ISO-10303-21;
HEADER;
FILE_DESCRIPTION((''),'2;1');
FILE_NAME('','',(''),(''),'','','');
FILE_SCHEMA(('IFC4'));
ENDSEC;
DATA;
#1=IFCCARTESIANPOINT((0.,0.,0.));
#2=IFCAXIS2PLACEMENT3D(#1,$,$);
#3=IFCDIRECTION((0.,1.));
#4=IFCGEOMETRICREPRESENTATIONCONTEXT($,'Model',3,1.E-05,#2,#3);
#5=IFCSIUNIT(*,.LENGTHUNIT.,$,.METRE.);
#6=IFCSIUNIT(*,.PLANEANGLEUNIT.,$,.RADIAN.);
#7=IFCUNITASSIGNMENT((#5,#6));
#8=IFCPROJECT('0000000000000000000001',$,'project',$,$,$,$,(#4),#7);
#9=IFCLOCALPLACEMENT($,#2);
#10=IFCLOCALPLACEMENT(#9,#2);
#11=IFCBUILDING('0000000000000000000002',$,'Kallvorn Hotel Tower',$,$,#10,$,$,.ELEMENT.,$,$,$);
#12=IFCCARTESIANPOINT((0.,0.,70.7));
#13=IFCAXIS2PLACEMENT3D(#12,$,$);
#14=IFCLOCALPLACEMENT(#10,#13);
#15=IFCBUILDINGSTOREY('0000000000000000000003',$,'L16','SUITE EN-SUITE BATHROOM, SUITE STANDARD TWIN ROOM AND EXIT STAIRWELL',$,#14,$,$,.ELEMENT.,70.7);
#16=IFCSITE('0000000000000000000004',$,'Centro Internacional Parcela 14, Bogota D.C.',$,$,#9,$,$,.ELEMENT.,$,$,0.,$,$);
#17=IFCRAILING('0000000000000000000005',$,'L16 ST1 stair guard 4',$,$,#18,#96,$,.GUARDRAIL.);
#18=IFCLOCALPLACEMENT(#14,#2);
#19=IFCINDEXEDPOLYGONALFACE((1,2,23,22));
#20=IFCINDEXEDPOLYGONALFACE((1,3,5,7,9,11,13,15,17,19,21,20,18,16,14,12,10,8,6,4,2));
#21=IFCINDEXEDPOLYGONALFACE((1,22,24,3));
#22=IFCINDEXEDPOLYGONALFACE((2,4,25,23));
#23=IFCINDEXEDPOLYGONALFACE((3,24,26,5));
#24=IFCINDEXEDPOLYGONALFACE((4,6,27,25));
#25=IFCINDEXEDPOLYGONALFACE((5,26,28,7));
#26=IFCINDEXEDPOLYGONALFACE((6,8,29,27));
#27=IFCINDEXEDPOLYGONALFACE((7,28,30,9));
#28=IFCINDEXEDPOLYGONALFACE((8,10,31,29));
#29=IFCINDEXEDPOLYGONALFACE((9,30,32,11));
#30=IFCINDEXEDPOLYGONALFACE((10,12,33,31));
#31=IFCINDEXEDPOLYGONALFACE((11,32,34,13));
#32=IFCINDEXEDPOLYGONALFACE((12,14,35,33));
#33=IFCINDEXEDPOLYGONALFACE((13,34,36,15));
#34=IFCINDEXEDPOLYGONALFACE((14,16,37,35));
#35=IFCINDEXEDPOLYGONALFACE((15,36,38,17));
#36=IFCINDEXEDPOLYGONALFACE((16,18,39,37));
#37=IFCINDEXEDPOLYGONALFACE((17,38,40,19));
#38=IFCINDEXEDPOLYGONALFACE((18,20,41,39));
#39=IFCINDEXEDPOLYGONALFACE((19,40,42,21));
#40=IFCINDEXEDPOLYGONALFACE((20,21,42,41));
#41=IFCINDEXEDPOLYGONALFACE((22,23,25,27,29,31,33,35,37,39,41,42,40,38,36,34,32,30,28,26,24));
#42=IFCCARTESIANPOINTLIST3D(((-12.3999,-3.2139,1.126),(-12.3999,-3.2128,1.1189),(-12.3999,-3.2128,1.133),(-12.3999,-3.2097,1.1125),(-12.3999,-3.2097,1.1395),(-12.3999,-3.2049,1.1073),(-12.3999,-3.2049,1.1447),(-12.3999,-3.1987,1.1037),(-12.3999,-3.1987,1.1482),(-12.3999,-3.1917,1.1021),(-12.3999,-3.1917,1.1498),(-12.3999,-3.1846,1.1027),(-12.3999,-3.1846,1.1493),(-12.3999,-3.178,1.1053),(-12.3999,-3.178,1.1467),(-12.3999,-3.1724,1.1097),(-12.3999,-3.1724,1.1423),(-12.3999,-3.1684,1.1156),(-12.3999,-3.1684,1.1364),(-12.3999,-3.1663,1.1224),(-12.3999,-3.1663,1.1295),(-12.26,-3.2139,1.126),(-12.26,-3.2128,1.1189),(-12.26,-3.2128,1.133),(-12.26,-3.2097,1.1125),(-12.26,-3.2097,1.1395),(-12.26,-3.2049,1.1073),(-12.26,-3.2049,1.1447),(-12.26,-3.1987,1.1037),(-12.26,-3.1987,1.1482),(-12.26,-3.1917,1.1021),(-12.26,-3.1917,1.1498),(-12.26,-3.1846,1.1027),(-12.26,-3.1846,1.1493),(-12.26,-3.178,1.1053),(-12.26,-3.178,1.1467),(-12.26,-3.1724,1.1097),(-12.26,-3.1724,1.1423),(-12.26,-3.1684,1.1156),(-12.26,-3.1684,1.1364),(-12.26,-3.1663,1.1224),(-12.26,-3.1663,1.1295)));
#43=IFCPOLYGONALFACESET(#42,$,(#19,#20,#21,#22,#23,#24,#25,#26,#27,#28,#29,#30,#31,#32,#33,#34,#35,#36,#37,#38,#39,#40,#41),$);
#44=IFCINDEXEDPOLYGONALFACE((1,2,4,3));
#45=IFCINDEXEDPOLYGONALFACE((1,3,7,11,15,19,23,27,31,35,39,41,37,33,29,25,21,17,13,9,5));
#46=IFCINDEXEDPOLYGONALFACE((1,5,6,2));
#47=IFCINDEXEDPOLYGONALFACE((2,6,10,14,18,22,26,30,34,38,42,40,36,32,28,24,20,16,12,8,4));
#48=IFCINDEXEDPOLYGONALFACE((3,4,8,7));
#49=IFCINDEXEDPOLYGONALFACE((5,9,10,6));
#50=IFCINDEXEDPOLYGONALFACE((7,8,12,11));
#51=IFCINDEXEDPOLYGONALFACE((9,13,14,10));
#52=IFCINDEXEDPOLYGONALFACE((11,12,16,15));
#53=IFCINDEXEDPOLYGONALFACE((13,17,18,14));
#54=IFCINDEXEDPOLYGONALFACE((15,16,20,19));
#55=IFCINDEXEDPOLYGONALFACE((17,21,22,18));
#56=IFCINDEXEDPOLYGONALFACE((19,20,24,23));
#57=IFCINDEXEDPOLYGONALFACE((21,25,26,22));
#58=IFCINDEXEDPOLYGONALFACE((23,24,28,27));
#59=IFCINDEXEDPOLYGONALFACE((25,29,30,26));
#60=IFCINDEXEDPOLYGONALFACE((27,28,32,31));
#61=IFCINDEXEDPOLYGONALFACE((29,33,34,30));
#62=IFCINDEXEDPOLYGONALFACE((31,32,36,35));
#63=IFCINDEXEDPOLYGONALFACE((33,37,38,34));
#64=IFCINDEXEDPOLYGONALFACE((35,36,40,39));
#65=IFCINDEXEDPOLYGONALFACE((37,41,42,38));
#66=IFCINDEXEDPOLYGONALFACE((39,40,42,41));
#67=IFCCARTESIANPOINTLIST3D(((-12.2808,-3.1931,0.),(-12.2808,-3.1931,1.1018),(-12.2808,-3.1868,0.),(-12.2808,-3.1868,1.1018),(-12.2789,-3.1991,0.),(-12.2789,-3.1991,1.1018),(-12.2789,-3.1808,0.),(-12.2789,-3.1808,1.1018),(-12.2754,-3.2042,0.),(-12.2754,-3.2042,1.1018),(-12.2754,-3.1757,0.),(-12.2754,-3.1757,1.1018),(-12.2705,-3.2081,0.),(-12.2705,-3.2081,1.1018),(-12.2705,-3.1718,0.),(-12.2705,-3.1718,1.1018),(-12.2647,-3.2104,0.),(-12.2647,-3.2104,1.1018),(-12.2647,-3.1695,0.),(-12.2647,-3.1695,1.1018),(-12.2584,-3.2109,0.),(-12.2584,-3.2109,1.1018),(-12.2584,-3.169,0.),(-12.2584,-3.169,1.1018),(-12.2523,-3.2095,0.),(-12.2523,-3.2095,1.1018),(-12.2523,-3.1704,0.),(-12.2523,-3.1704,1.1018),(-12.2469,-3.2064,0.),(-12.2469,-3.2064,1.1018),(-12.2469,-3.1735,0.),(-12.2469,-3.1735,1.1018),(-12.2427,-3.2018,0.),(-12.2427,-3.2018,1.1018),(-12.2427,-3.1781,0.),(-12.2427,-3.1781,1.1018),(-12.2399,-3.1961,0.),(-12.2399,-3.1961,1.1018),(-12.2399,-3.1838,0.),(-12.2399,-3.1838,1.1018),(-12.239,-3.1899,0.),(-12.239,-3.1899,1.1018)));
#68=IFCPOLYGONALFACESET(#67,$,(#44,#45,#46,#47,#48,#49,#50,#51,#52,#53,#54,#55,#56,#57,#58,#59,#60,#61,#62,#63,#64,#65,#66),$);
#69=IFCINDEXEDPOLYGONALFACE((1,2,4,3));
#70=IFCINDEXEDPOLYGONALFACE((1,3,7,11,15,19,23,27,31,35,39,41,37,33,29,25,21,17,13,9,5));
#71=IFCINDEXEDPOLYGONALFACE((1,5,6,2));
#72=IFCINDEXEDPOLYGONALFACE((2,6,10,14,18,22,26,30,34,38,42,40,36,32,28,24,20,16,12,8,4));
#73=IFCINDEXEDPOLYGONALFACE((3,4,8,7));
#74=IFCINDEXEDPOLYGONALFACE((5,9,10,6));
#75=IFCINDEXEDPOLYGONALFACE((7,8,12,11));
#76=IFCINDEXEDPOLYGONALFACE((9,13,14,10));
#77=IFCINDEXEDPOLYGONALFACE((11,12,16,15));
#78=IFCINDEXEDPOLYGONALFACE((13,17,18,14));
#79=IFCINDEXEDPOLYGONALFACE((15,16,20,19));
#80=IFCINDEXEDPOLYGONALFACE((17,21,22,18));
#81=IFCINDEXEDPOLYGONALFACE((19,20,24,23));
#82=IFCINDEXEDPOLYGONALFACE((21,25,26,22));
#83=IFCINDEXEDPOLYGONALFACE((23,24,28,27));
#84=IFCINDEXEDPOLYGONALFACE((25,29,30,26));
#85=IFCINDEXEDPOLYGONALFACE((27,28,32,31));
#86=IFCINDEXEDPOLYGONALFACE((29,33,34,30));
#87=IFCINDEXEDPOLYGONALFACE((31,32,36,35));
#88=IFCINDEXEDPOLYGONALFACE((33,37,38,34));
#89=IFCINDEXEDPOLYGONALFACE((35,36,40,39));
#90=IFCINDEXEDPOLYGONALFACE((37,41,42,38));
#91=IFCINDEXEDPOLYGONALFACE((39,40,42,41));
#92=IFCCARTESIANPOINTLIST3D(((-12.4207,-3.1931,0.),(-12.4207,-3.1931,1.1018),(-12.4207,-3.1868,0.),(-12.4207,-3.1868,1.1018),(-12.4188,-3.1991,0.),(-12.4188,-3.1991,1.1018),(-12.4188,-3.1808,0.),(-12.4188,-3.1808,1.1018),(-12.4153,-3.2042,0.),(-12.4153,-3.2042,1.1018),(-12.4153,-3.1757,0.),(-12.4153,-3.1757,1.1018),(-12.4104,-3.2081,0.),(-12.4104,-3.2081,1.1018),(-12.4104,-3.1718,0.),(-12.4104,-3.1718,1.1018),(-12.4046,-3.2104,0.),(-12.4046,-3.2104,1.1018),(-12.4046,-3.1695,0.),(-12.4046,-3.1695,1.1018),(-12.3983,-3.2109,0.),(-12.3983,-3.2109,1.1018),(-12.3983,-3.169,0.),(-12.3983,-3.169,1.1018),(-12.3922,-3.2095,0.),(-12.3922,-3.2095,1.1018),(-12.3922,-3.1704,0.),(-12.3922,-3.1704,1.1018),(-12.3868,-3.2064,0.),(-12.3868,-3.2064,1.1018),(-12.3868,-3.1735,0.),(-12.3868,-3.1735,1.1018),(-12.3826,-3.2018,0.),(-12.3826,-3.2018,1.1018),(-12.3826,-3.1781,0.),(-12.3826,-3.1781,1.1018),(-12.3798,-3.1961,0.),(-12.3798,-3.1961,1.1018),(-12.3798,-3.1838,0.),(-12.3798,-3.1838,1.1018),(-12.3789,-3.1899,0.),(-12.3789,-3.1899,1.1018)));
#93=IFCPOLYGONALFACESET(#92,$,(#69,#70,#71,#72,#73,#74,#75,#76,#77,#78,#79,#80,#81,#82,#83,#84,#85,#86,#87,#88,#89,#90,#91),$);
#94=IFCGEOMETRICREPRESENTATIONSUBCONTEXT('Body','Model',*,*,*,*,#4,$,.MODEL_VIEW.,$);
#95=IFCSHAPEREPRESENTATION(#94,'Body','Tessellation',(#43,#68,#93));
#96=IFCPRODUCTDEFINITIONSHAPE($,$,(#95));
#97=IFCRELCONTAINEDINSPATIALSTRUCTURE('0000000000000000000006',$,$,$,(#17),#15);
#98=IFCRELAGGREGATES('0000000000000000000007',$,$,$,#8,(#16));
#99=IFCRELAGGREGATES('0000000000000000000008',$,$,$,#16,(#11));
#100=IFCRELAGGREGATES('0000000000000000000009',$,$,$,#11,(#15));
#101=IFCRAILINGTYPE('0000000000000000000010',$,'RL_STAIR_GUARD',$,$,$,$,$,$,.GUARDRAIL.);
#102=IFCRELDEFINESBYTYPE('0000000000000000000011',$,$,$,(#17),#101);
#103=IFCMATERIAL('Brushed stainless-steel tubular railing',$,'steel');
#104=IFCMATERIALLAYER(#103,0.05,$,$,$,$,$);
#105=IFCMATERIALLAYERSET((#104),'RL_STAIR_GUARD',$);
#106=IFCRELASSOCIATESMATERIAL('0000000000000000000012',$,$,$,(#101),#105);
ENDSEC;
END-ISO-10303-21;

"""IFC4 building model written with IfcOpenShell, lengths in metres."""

from ifc_helpers import new_model, si_unit, direction, frame, origin, origin_2d, place, context, subcontext, project, spatial, circle, extrude, material, layer, layer_set, type_object, element, save


model = new_model("IFC4")

# Units and contexts
model_context = context("Model", 3, precision=1e-05, world=origin(), true_north=direction((0.0, 1.0)))
body_context = subcontext(model_context, "Body", "Model", "MODEL_VIEW")
ifc_project = project(units=[si_unit("LENGTHUNIT", "METRE"), si_unit("PLANEANGLEUNIT", "RADIAN")], contexts=[model_context])

# Site, building, storey
site_placement = place(None, origin())
site = spatial("IfcSite", under=ifc_project, at=site_placement, Name="Centro Internacional Parcela 14, Bogota D.C.", CompositionType="ELEMENT", RefElevation=0.0)
building_placement = place(site_placement, origin())
building = spatial("IfcBuilding", under=site, at=building_placement, Name="Kallvorn Hotel Tower", CompositionType="ELEMENT")
storey_placement = place(building_placement, frame((0.0, 0.0, 70.7)))
storey = spatial("IfcBuildingStorey", under=building, at=storey_placement, Name="L16", Description="SUITE EN-SUITE BATHROOM, SUITE STANDARD TWIN ROOM AND EXIT STAIRWELL", CompositionType="ELEMENT", Elevation=70.7)

# Railing
ifc_material_1 = material(Name="Brushed stainless-steel tubular railing", Category="steel")
ifc_layer_1 = layer(ifc_material_1, 0.05)
ifc_layer_set_1 = layer_set([ifc_layer_1], Name="RL_STAIR_GUARD")
railing_type_1 = type_object("IfcRailingType", Name="RL_STAIR_GUARD", PredefinedType="GUARDRAIL", material=ifc_layer_set_1)
railing_1_placement = place(storey_placement, frame((-12.26, -3.1899, 0.0)))
element("IfcRailing", 1, at=railing_1_placement, inside=storey, type_object=railing_type_1, Name="L16 ST1 stair guard 4", PredefinedType="GUARDRAIL", context=body_context, shape_type="SweptSolid", body=[
    extrude(circle(Radius=0.0239, at=origin_2d()), frame((0.0, 0.0, 1.126), z_axis=(-1.0, 0.0, 0.0), x_axis=(0.0, -1.0, 0.0)), (0.0, 0.0, 1.0), 0.1399),
    extrude(circle(Radius=0.021, at=origin_2d()), origin(), (0.0, 0.0, 1.0), 1.1018),
    extrude(circle(Radius=0.021, at=origin_2d()), frame((-0.1399, 0.0, 0.0)), (0.0, 0.0, 1.0), 1.1018),
])

save(model, "model.ifc")
